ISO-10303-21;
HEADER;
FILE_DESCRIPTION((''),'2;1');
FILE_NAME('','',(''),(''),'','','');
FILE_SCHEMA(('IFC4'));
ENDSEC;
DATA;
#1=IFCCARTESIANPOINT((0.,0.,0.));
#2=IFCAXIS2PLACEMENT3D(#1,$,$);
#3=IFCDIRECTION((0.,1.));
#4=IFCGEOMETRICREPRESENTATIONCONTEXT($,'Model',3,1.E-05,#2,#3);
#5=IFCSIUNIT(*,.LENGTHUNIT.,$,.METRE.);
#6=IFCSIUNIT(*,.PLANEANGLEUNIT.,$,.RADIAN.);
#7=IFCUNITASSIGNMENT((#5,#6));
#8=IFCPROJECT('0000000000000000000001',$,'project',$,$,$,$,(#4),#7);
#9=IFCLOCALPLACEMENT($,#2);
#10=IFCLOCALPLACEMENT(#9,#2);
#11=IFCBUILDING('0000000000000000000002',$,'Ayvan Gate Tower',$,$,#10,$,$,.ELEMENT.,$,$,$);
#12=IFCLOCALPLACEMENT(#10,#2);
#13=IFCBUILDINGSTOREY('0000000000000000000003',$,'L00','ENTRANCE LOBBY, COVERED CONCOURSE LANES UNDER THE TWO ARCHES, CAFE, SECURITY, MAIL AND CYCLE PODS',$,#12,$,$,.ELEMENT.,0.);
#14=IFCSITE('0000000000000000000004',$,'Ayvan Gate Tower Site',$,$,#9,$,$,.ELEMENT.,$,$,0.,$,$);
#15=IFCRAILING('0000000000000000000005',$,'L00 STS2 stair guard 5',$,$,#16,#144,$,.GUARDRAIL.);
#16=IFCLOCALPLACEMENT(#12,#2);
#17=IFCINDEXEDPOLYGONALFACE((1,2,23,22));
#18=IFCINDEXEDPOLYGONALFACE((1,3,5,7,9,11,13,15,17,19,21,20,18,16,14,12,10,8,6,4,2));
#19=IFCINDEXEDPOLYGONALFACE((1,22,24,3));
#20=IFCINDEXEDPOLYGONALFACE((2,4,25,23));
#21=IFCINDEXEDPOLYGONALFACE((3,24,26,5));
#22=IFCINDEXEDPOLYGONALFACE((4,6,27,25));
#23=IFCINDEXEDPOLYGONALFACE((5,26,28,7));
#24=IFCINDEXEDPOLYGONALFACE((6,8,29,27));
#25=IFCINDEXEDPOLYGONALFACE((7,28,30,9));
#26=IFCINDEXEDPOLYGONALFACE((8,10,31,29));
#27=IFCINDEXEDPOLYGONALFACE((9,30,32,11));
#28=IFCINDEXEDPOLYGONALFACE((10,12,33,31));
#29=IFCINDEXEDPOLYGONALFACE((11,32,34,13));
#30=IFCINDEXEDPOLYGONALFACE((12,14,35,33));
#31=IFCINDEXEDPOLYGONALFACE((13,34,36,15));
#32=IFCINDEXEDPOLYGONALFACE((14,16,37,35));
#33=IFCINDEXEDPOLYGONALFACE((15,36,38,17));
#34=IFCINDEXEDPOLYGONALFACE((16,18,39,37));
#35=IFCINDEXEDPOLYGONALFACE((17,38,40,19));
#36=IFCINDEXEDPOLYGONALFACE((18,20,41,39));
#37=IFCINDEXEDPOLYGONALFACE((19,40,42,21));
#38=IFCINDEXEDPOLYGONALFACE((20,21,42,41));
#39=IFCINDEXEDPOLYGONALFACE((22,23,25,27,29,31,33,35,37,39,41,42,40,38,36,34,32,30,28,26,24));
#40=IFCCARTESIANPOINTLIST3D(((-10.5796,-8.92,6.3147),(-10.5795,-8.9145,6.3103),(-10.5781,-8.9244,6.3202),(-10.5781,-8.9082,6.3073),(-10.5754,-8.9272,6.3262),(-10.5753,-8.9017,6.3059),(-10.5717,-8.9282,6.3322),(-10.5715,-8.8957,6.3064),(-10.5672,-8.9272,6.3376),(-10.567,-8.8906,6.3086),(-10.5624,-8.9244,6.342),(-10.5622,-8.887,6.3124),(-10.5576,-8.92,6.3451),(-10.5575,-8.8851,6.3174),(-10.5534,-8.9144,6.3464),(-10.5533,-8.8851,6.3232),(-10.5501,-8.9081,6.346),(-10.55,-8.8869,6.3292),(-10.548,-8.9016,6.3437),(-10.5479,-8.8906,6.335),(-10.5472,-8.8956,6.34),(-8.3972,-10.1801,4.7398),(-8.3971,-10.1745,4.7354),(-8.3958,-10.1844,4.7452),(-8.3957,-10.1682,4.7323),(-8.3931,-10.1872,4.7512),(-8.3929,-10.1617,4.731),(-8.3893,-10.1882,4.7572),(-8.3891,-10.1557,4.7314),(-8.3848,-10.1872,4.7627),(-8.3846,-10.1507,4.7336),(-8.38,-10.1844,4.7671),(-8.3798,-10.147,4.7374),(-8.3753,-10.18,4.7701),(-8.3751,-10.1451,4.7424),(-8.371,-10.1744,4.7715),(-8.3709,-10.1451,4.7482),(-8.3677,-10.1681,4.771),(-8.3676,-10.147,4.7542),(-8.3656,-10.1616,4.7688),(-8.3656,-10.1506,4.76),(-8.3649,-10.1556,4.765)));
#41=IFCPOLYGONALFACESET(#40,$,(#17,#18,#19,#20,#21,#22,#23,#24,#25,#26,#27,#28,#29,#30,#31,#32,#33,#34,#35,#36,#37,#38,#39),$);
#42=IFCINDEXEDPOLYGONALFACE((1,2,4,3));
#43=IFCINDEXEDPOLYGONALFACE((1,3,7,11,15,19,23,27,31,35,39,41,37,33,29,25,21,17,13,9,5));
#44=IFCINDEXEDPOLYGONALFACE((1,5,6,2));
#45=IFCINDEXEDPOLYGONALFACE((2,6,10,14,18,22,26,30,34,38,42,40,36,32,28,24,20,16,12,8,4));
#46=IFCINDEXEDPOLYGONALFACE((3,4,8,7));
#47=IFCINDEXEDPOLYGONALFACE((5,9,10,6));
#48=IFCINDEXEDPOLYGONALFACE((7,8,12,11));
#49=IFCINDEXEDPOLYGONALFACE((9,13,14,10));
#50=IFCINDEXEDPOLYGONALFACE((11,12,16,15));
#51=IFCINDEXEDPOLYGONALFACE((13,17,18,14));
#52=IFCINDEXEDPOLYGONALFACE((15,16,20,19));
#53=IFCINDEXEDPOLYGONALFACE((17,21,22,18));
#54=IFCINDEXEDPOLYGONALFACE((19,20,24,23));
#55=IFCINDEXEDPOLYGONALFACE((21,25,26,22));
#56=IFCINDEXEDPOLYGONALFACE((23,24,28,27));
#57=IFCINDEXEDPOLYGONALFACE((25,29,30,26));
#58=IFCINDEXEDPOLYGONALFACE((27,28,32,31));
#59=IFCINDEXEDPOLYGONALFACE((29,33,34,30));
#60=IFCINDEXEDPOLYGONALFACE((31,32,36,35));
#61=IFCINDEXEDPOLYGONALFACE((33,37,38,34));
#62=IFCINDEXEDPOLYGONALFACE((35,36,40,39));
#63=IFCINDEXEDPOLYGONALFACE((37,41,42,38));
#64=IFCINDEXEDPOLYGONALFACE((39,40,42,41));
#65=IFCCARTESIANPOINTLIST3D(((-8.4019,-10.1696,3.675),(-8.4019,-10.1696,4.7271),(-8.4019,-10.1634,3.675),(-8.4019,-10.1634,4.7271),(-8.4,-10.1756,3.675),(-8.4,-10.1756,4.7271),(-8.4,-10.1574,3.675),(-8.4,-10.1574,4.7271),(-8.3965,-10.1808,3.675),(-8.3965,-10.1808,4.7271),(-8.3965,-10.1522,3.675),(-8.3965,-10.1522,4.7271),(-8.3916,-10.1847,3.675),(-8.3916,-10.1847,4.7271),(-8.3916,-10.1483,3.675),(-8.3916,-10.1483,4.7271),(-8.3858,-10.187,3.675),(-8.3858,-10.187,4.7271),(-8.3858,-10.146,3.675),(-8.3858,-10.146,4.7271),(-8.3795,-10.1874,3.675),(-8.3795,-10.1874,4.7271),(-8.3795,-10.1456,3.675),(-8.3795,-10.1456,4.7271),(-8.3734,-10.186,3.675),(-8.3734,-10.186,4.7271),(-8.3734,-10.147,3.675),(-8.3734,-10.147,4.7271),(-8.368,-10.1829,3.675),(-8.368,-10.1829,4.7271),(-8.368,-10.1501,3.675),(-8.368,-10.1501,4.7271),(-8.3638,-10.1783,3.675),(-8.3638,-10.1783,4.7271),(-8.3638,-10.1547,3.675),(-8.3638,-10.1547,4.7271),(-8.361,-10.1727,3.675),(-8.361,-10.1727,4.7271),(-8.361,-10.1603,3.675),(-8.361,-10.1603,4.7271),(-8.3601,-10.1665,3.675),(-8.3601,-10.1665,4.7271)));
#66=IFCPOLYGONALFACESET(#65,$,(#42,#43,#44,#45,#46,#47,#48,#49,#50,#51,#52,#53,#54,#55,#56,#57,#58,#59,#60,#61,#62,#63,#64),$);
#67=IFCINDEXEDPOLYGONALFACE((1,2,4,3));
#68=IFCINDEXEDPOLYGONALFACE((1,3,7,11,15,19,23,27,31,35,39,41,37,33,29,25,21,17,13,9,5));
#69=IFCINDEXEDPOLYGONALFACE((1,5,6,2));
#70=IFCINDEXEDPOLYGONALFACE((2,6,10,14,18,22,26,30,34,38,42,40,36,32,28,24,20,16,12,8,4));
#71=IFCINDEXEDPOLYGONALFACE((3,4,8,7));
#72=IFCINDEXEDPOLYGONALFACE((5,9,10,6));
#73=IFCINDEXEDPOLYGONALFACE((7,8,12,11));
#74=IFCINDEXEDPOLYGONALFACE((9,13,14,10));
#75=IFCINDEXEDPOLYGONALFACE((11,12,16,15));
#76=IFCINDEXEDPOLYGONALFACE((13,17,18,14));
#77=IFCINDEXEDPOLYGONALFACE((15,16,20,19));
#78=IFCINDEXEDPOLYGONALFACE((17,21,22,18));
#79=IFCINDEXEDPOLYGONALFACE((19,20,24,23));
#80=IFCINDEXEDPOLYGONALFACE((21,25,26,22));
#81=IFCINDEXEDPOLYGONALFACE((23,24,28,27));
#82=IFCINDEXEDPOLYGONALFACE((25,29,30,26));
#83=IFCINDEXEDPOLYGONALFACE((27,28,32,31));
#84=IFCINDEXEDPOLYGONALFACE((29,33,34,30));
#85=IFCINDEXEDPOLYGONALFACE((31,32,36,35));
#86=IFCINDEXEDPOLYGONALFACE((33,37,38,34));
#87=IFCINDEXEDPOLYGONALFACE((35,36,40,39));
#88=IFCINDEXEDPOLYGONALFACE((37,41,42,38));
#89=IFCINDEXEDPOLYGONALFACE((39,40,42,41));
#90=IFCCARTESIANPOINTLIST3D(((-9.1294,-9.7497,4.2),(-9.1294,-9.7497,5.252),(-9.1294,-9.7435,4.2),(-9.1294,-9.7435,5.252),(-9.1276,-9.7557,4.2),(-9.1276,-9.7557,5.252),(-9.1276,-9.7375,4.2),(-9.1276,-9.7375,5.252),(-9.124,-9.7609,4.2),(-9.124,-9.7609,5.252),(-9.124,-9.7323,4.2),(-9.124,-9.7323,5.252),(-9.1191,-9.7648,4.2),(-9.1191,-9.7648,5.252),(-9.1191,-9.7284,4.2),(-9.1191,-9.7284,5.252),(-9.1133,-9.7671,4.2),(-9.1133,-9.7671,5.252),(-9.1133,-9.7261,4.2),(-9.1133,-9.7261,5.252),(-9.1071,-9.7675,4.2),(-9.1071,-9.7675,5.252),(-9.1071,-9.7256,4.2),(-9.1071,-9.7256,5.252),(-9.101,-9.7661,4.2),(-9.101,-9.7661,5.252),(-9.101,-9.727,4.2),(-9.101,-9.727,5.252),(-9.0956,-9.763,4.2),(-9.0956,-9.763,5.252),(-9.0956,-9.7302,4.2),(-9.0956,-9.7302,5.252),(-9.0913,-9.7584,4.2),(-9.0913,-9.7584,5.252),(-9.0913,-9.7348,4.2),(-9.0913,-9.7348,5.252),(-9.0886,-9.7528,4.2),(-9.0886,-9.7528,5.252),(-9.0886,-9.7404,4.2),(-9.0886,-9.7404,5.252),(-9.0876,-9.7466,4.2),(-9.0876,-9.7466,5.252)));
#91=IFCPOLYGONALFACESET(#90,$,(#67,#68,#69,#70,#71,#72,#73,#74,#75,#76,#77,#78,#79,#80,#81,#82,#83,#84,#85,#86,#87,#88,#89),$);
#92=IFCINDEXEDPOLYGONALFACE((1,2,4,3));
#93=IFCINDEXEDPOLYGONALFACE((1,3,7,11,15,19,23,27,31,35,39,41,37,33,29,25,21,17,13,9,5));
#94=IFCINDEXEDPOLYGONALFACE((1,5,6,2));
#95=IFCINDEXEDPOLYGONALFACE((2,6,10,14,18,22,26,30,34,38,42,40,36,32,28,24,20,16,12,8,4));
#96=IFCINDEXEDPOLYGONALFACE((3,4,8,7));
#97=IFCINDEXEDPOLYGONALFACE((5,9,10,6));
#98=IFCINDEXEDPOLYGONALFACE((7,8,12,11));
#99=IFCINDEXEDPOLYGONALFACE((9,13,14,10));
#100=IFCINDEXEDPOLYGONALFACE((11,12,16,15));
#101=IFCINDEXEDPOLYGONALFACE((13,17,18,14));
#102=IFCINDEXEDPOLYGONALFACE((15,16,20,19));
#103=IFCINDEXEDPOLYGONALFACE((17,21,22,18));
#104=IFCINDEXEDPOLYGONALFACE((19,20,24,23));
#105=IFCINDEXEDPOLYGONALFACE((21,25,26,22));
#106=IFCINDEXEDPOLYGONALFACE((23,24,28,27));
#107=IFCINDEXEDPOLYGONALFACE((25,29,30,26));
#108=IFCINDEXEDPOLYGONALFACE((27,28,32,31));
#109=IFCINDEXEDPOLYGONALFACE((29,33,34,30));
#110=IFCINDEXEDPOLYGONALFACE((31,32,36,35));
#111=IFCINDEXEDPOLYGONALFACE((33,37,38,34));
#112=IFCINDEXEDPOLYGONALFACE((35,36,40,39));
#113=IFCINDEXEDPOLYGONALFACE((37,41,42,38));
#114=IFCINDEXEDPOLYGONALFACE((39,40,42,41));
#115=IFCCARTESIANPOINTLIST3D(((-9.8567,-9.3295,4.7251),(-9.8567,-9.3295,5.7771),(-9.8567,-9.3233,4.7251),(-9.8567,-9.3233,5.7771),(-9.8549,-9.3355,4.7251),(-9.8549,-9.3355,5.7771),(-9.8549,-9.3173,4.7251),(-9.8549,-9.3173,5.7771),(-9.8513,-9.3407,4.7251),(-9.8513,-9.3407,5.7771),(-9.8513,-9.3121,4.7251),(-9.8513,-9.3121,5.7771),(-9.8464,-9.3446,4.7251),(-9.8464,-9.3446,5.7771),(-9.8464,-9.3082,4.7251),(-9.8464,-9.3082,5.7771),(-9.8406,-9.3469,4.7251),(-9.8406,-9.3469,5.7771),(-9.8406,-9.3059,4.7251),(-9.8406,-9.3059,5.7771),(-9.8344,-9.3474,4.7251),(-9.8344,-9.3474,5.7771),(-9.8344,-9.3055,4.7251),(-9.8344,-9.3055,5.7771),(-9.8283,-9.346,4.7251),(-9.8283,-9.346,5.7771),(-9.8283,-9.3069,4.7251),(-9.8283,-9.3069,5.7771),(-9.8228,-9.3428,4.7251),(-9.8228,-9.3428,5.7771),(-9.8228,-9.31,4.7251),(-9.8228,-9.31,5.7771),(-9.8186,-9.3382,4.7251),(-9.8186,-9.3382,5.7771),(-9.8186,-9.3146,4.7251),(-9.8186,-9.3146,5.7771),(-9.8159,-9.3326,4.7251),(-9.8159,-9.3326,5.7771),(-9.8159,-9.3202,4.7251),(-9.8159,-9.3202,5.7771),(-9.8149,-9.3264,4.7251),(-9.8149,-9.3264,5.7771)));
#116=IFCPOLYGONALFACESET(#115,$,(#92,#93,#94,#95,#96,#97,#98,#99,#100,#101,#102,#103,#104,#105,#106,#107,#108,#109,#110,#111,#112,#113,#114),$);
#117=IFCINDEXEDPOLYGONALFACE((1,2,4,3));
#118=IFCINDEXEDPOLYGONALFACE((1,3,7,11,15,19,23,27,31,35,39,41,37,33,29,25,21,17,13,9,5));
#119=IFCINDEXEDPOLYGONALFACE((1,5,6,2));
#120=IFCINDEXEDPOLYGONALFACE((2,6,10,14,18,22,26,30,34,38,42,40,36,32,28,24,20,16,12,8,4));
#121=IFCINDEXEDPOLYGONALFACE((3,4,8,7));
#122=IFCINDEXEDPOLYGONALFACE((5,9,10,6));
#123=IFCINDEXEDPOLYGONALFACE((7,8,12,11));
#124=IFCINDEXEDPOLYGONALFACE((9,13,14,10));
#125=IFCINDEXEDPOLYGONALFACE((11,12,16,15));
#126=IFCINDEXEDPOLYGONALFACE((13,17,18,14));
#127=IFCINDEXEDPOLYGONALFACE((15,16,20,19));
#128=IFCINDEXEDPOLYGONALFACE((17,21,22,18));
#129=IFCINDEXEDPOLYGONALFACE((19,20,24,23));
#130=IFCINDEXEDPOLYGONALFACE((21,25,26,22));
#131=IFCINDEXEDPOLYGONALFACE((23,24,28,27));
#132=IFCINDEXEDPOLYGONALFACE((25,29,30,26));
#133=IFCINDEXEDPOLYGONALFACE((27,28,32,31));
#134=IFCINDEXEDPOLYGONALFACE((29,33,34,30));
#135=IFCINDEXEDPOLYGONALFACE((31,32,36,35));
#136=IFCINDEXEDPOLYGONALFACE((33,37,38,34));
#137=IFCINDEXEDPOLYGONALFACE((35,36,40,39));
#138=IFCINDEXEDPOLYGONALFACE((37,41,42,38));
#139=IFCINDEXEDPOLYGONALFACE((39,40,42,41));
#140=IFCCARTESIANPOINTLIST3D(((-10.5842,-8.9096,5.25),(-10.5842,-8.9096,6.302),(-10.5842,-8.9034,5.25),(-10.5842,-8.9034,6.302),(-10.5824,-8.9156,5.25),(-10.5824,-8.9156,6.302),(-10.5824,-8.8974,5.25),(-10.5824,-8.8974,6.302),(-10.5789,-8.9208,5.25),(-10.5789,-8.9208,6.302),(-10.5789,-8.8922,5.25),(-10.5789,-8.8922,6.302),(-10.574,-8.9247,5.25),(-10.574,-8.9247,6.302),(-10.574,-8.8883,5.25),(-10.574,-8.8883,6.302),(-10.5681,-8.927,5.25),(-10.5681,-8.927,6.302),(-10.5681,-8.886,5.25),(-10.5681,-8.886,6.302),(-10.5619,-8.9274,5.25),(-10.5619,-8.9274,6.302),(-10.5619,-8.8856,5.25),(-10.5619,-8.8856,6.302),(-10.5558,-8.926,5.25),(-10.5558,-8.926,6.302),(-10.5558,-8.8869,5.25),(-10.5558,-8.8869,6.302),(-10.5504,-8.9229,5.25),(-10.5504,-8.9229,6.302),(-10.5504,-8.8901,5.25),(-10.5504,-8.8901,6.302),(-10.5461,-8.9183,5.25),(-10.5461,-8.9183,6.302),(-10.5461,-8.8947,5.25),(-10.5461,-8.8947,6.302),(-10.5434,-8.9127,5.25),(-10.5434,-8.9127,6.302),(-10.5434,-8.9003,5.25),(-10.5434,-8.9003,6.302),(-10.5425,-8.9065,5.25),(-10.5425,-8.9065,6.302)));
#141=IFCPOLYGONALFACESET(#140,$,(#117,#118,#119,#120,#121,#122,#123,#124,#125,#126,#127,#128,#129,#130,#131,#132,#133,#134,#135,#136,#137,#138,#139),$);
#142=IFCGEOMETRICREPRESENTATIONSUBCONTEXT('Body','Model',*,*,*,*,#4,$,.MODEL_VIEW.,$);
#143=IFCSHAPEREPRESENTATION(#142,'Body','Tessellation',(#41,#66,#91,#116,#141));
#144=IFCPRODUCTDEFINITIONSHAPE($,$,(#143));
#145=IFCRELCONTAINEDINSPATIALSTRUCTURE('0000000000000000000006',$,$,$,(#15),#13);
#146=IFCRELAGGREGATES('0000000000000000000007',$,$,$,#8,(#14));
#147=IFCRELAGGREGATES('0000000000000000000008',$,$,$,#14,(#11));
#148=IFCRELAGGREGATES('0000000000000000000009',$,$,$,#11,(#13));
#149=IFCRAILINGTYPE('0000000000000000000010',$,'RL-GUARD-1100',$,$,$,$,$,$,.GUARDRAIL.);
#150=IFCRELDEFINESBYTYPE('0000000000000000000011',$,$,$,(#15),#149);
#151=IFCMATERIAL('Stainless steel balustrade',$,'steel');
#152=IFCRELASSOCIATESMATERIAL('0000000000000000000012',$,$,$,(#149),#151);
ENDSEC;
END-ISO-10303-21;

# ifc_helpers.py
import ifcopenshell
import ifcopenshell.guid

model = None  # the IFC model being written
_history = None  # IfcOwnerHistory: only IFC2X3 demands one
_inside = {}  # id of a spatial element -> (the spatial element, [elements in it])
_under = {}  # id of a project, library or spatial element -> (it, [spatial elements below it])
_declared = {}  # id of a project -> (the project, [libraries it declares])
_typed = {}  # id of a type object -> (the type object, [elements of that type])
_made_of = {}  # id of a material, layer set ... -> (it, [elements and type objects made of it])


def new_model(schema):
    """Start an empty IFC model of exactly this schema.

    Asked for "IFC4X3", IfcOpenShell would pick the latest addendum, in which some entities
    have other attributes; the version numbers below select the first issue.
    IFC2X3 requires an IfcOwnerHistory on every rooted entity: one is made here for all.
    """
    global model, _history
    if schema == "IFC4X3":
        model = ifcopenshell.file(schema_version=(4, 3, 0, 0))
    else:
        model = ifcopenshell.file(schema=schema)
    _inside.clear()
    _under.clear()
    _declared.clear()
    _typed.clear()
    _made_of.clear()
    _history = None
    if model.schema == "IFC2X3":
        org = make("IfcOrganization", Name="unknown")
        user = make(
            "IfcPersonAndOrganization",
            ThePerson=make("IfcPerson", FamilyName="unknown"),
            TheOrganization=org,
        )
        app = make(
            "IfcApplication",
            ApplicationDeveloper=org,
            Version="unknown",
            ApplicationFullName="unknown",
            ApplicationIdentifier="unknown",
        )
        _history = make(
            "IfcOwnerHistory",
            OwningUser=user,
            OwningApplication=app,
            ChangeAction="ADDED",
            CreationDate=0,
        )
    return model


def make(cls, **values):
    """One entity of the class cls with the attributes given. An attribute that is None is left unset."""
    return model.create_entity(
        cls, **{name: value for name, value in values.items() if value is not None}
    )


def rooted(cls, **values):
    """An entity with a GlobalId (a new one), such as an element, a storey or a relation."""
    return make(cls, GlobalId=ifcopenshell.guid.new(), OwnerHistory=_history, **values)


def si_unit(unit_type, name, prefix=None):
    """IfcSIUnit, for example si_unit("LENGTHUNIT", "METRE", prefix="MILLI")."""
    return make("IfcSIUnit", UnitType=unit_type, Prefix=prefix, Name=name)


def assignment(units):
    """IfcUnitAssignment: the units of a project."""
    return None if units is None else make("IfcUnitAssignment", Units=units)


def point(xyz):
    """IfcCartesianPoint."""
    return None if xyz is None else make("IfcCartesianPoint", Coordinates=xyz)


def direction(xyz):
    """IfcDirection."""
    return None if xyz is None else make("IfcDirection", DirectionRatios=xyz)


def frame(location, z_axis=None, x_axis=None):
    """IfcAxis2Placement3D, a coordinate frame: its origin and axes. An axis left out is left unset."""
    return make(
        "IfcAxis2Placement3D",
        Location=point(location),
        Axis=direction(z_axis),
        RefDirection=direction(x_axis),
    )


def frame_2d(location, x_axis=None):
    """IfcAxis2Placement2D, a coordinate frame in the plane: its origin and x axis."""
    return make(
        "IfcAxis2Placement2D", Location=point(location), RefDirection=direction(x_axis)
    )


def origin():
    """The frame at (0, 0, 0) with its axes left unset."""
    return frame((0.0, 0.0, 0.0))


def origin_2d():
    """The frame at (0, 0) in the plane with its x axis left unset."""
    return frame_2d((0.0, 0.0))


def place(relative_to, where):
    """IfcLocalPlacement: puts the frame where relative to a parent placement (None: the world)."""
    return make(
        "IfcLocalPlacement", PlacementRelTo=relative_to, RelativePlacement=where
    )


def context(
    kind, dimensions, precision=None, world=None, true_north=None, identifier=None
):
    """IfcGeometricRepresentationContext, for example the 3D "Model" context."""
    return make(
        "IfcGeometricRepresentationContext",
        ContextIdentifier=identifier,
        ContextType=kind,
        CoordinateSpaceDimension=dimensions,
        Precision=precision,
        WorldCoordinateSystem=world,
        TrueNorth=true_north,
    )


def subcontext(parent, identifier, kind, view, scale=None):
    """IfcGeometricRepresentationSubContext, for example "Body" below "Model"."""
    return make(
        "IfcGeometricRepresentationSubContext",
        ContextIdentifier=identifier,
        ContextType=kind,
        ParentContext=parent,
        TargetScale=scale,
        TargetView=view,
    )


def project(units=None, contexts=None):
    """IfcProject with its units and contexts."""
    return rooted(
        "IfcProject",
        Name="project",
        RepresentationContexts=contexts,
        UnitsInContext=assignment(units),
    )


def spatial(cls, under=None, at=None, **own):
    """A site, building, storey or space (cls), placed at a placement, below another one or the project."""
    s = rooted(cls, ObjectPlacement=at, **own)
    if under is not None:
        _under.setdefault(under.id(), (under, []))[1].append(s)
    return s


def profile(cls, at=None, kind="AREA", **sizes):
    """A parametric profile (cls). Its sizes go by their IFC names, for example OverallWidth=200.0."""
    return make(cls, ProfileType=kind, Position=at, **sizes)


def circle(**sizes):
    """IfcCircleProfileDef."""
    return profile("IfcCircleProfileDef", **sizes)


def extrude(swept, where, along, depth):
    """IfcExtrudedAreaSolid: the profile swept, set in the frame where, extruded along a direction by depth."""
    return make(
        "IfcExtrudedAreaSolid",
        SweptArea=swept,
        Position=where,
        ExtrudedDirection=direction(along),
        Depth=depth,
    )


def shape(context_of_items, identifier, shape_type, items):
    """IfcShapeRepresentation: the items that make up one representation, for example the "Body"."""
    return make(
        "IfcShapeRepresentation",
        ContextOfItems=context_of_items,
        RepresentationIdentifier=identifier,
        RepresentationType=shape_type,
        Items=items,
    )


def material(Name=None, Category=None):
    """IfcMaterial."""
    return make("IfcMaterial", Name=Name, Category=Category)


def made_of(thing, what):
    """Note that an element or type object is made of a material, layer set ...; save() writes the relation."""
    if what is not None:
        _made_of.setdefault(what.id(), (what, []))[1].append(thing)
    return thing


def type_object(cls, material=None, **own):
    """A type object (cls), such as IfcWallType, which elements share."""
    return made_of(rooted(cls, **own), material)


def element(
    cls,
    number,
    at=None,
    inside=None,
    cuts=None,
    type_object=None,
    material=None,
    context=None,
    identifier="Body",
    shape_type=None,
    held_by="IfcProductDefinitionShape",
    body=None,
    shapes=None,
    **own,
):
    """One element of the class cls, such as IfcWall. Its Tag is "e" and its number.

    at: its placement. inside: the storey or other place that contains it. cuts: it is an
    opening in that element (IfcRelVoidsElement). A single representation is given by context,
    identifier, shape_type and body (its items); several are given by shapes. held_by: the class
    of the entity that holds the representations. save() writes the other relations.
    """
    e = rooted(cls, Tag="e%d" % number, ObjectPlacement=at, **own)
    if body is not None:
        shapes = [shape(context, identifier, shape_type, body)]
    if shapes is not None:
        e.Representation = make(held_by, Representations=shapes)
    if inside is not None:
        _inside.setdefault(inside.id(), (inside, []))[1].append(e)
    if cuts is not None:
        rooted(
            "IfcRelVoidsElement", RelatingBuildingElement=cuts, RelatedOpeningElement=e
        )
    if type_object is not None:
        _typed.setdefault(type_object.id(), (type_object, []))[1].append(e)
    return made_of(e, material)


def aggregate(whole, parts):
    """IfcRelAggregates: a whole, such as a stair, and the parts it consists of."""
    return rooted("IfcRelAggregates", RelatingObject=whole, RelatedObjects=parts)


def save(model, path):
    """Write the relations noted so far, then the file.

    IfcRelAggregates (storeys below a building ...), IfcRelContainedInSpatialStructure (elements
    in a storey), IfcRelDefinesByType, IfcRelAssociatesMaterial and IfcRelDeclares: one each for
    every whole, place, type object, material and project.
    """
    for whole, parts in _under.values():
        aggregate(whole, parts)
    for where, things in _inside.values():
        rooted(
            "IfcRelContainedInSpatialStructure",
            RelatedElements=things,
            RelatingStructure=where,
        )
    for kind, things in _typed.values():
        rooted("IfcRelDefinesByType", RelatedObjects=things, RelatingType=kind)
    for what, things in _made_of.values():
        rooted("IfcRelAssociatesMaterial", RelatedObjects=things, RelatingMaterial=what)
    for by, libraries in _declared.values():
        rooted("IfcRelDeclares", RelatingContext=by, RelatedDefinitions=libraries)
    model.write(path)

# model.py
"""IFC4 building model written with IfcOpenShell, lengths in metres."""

from ifc_helpers import new_model, si_unit, direction, frame, origin, origin_2d, place, context, subcontext, project, spatial, circle, extrude, material, type_object, element, save


model = new_model("IFC4")

# Units and contexts
model_context = context("Model", 3, precision=1e-05, world=origin(), true_north=direction((0.0, 1.0)))
body_context = subcontext(model_context, "Body", "Model", "MODEL_VIEW")
ifc_project = project(units=[si_unit("LENGTHUNIT", "METRE"), si_unit("PLANEANGLEUNIT", "RADIAN")], contexts=[model_context])

# Site, building, storey
site_placement = place(None, origin())
site = spatial("IfcSite", under=ifc_project, at=site_placement, Name="Ayvan Gate Tower Site", CompositionType="ELEMENT", RefElevation=0.0)
building_placement = place(site_placement, origin())
building = spatial("IfcBuilding", under=site, at=building_placement, Name="Ayvan Gate Tower", CompositionType="ELEMENT")
storey_placement = place(building_placement, origin())
storey = spatial("IfcBuildingStorey", under=building, at=storey_placement, Name="L00", Description="ENTRANCE LOBBY, COVERED CONCOURSE LANES UNDER THE TWO ARCHES, CAFE, SECURITY, MAIL AND CYCLE PODS", CompositionType="ELEMENT", Elevation=0.0)

# Railing
ifc_material_1 = material(Name="Stainless steel balustrade", Category="steel")
railing_type_1 = type_object("IfcRailingType", Name="RL-GUARD-1100", PredefinedType="GUARDRAIL", material=ifc_material_1)
railing_1_placement = place(storey_placement, frame((-8.3811, -10.1665, 3.675)))
element("IfcRailing", 1, at=railing_1_placement, inside=storey, type_object=railing_type_1, Name="L00 STS2 stair guard 5", PredefinedType="GUARDRAIL", context=body_context, shape_type="SweptSolid", body=[
    extrude(circle(Radius=0.0239, at=origin_2d()), frame((0.0, 0.0, 1.0762), z_axis=(-0.734392, 0.424007, 0.529988), x_axis=(-0.500005, -0.866023, 0.0)), (0.0, 0.0, 1.0), 2.9717),
    extrude(circle(Radius=0.021, at=origin_2d()), origin(), (0.0, 0.0, 1.0), 1.052),
    extrude(circle(Radius=0.021, at=origin_2d()), frame((-0.7275, 0.4199, 0.5249)), (0.0, 0.0, 1.0), 1.052),
    extrude(circle(Radius=0.021, at=origin_2d()), frame((-1.4548, 0.8401, 1.05)), (0.0, 0.0, 1.0), 1.052),
    extrude(circle(Radius=0.021, at=origin_2d()), frame((-2.1824, 1.26, 1.575)), (0.0, 0.0, 1.0), 1.052),
])

save(model, "model.ifc")
